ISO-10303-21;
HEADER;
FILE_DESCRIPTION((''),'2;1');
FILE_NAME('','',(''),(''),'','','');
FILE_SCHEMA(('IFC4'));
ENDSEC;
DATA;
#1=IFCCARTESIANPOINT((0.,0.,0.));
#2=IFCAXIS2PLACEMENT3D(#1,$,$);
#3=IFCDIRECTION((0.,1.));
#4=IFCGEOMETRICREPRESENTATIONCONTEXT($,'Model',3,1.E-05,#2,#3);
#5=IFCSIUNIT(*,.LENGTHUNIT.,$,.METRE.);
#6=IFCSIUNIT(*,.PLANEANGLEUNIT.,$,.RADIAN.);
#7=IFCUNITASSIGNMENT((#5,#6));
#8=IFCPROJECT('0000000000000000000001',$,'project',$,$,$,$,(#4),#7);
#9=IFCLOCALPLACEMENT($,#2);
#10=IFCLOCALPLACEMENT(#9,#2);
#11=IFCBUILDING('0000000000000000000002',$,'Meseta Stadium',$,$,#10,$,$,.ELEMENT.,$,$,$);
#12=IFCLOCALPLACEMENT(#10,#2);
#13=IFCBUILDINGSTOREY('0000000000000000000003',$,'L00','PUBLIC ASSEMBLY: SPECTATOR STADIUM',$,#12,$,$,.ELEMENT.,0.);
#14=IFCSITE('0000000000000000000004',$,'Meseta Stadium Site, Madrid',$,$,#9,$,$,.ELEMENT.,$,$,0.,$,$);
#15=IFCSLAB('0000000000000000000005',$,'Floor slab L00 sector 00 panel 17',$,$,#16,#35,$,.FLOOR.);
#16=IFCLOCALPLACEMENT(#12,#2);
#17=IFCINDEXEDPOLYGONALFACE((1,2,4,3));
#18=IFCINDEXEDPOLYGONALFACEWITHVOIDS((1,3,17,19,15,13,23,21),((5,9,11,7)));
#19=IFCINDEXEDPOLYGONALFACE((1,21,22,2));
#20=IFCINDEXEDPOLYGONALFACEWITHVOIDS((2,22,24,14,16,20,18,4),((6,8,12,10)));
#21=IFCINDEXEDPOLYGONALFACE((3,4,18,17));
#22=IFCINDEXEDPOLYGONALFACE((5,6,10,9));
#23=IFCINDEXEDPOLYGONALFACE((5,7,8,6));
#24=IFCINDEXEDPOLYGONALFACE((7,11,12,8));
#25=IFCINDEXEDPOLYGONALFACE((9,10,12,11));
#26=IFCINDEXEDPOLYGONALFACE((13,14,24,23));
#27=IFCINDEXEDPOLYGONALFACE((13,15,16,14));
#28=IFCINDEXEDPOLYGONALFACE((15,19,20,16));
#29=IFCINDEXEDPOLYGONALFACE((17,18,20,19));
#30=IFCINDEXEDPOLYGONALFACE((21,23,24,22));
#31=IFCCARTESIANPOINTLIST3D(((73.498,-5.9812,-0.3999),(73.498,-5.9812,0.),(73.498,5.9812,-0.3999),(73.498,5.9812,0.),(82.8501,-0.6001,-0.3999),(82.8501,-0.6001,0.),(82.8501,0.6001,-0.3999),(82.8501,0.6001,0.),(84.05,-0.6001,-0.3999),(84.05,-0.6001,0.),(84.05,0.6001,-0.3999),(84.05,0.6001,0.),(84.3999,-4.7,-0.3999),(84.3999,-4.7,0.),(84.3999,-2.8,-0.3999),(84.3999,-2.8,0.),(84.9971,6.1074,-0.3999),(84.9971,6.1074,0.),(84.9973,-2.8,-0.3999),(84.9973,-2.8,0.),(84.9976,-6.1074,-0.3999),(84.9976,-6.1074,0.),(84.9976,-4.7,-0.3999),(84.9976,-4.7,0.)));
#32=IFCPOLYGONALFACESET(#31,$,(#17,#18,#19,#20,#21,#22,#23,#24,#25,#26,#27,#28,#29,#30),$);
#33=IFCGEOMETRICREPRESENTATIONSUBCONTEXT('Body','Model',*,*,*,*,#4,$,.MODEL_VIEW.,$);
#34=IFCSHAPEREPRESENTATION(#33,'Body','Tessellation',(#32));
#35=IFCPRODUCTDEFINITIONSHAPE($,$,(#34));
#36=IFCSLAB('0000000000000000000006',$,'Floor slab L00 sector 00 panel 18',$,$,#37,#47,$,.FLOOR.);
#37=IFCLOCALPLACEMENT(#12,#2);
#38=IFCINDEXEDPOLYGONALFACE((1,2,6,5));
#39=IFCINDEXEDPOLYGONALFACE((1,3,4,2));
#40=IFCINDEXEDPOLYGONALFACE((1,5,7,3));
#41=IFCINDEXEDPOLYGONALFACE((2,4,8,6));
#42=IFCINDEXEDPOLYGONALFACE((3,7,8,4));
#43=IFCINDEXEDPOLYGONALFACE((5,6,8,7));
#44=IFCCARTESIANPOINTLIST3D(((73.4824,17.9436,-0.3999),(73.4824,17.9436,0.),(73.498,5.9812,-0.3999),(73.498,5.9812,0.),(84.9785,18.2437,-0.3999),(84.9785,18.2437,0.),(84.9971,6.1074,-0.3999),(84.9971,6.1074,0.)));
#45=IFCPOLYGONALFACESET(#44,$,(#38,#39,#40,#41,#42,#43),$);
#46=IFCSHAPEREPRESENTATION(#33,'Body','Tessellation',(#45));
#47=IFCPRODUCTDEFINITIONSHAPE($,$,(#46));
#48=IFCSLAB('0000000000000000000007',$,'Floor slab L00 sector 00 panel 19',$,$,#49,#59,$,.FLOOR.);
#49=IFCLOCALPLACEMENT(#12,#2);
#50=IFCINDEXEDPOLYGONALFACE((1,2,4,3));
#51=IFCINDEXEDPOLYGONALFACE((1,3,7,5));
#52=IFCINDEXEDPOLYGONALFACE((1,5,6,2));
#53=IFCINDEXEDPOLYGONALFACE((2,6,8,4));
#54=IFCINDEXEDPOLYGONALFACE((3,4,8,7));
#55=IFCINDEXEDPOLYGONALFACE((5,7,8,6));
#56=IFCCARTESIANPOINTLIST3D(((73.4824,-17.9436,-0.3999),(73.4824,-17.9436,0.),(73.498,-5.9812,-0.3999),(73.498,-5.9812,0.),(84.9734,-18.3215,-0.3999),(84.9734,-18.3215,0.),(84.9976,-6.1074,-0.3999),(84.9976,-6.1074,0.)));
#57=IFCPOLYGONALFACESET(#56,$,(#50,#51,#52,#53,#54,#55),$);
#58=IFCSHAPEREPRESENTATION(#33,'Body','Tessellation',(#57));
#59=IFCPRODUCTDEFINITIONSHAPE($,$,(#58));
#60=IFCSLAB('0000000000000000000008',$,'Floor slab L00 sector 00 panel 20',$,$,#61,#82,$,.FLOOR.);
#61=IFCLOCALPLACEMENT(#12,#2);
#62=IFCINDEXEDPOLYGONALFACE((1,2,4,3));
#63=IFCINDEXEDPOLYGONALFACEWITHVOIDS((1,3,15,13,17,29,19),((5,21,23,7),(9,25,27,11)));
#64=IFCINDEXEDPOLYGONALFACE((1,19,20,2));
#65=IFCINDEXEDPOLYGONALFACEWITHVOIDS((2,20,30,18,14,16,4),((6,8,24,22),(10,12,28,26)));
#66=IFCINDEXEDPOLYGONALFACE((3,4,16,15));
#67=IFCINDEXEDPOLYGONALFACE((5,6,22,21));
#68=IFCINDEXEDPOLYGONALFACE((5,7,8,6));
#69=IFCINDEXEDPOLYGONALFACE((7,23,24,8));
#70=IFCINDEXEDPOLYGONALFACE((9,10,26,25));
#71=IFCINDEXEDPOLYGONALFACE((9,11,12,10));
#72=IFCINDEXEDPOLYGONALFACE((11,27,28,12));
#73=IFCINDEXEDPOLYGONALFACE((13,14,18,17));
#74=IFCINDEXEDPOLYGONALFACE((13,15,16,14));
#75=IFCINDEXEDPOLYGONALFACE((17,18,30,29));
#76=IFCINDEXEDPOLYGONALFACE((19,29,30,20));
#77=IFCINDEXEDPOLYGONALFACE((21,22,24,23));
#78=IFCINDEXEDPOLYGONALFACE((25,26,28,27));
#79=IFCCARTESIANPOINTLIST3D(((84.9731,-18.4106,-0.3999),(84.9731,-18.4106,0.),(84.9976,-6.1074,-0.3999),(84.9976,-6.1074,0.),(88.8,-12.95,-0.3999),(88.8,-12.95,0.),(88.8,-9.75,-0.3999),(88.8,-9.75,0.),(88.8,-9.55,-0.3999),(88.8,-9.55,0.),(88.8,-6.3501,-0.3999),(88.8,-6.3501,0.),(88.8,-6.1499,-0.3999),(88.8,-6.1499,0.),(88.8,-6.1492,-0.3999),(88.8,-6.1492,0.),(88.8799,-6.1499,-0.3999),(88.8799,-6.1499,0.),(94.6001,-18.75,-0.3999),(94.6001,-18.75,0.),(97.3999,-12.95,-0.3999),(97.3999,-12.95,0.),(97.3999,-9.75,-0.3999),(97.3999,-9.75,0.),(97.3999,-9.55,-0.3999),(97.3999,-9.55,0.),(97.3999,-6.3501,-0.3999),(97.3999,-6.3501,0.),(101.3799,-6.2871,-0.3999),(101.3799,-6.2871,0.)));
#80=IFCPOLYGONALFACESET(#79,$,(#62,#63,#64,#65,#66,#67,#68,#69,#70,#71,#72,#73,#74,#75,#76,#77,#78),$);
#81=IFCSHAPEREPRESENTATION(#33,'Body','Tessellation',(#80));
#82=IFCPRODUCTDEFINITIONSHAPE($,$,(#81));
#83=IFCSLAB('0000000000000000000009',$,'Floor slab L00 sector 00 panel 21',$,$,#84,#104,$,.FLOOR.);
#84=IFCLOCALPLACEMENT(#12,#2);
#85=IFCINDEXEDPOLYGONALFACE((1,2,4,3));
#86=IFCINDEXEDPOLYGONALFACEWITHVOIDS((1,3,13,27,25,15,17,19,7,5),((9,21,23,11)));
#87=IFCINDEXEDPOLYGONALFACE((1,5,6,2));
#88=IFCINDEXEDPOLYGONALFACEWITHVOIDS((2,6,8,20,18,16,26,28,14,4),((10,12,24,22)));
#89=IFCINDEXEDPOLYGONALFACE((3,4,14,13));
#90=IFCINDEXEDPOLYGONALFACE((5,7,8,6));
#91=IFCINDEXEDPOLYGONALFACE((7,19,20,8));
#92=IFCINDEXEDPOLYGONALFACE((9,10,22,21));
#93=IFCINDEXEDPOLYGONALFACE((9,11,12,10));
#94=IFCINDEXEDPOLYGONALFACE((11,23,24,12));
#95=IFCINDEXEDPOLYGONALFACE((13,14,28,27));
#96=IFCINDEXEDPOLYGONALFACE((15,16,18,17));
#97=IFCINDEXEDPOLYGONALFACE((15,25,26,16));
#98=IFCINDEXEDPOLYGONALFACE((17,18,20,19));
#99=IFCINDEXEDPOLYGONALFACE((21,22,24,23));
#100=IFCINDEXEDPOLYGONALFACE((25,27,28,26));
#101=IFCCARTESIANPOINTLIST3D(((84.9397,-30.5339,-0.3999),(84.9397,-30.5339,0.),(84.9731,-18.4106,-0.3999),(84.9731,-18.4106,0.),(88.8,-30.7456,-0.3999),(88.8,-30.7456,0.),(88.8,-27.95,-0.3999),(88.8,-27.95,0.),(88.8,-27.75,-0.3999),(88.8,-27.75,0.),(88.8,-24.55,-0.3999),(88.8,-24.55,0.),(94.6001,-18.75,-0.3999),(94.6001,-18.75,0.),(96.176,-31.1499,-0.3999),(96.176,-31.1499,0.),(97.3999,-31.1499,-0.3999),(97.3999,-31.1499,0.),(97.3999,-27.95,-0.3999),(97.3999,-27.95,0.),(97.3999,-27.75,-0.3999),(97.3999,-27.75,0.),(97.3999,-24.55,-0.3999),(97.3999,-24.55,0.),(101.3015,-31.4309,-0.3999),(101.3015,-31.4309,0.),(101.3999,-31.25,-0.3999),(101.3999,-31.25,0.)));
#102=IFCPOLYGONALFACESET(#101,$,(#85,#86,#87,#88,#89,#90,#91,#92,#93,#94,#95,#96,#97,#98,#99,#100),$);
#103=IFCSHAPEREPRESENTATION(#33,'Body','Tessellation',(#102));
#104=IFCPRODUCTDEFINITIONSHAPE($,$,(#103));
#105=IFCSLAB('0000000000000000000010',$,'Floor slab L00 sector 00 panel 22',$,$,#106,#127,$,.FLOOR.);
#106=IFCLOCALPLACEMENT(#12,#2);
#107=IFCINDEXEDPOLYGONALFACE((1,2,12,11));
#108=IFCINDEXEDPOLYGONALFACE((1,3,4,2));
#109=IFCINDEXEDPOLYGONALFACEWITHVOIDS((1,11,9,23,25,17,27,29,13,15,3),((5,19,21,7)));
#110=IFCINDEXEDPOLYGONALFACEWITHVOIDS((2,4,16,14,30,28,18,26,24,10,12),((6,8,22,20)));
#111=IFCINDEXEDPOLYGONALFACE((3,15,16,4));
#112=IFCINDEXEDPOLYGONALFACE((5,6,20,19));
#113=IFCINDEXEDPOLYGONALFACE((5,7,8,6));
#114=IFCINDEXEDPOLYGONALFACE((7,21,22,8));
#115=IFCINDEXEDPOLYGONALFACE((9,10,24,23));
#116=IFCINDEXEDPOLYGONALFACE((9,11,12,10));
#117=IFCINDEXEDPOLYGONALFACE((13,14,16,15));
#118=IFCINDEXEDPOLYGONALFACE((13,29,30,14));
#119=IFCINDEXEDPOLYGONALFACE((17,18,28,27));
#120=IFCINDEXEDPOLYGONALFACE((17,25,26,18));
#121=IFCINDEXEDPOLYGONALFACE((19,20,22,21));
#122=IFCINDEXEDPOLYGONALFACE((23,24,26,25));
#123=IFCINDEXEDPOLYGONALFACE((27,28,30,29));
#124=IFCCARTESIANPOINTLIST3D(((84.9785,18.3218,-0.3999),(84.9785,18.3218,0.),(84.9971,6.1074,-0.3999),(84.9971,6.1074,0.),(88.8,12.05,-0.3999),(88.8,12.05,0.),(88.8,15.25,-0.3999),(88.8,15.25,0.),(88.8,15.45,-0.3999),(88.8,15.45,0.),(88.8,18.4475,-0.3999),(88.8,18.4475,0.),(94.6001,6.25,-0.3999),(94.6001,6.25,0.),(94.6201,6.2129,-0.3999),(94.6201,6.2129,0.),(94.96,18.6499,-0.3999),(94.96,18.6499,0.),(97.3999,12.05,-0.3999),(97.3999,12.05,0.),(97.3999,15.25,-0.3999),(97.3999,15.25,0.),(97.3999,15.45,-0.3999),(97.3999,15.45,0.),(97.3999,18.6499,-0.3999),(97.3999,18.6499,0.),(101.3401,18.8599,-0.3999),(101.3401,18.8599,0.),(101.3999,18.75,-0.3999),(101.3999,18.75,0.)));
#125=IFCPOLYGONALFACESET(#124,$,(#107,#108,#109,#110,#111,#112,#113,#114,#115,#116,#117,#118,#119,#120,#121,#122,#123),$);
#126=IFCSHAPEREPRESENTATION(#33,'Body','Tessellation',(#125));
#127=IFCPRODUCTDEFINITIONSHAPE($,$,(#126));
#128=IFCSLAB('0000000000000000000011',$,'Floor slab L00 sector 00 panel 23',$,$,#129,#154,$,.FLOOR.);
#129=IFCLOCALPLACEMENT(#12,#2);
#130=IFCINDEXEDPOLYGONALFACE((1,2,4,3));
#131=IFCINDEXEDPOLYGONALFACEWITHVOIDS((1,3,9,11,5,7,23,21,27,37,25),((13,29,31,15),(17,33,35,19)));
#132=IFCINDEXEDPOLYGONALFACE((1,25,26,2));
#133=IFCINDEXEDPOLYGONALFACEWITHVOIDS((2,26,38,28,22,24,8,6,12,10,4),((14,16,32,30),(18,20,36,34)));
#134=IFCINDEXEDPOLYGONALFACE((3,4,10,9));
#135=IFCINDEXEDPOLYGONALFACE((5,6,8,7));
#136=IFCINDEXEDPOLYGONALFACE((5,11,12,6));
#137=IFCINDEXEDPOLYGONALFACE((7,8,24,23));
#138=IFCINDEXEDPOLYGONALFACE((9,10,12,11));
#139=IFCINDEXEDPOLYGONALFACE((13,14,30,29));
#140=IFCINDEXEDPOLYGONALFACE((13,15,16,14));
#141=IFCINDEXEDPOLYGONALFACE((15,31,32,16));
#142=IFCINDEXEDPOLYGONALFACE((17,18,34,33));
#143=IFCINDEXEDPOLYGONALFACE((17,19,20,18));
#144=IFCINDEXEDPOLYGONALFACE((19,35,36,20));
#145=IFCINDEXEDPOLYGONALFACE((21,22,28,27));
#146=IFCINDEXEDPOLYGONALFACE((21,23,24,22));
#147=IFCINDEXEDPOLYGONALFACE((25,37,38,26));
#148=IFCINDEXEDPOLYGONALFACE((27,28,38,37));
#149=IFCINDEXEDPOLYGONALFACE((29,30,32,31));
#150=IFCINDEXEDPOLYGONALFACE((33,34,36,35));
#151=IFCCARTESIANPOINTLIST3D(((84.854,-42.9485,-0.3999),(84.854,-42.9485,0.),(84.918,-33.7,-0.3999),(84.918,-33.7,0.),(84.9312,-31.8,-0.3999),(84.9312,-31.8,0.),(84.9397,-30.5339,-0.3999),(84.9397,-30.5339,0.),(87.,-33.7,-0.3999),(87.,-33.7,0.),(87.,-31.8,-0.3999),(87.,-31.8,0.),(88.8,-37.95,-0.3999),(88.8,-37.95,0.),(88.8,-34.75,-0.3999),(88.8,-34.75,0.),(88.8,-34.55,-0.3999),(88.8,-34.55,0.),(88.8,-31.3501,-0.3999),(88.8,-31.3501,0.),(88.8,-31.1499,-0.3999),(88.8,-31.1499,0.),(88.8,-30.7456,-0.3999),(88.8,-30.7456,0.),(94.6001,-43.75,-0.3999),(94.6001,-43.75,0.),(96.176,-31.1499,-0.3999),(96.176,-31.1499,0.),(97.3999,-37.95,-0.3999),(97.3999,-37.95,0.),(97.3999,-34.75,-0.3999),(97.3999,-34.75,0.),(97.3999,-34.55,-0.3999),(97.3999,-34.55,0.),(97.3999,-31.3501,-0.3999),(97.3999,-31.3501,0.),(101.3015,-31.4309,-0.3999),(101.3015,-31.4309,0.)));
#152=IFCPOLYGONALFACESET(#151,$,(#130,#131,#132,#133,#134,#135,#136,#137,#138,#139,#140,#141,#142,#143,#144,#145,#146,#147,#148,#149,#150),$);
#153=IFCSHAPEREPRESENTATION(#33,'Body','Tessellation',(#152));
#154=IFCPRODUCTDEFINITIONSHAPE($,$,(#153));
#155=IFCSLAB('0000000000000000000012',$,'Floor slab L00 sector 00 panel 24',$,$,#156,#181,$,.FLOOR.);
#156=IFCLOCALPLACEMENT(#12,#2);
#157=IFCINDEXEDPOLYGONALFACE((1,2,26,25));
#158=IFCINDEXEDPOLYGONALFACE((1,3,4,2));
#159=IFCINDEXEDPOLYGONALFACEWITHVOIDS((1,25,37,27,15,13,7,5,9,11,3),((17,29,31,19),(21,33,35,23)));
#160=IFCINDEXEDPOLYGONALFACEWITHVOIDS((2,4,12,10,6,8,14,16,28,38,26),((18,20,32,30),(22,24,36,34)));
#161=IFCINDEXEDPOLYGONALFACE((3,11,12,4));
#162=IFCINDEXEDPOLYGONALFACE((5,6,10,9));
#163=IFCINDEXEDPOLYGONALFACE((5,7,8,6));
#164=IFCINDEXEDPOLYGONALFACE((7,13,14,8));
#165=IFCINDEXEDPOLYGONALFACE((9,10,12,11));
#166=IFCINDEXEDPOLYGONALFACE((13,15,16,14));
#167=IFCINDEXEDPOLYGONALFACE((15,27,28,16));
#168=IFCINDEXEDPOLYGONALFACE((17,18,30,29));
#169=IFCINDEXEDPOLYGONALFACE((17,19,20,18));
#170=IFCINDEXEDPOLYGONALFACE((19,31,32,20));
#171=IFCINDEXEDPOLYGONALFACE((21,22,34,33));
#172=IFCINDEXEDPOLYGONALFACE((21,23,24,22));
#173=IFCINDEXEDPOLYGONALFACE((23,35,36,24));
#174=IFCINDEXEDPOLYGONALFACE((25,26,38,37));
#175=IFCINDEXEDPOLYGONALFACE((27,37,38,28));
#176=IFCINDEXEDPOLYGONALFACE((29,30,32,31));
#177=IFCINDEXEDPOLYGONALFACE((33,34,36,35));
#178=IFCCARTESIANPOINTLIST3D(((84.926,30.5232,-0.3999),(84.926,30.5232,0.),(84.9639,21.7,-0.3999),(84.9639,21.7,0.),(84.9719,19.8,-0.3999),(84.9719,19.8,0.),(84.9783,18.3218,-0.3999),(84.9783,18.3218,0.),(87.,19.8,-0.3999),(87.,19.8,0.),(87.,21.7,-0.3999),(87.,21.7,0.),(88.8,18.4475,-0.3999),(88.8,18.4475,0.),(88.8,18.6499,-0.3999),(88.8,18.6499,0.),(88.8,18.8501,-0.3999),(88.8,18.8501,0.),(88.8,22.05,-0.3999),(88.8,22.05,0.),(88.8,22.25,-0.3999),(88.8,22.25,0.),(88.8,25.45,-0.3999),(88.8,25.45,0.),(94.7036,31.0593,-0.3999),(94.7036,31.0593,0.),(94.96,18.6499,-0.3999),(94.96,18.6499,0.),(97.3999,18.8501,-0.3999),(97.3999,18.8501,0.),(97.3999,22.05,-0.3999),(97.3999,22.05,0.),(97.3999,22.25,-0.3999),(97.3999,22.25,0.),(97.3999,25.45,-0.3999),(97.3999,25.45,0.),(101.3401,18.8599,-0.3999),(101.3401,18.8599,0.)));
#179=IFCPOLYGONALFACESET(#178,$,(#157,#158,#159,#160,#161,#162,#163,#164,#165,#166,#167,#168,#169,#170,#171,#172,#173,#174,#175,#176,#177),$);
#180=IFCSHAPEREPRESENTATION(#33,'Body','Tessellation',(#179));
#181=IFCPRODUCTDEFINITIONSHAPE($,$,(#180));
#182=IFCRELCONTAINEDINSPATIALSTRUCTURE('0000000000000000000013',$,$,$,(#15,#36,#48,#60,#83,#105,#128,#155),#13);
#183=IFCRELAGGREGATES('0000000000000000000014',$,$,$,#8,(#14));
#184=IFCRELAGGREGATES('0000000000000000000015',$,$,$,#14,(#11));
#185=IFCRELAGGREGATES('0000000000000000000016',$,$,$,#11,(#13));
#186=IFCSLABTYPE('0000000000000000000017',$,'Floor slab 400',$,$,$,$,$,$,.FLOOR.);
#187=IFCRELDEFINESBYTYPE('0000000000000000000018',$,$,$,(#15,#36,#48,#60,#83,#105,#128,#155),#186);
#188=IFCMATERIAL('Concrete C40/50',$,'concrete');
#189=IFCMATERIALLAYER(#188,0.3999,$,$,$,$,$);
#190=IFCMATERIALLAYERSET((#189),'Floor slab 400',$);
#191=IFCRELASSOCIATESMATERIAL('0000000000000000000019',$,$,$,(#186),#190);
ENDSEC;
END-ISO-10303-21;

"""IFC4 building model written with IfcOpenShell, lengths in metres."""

from ifc_helpers import new_model, si_unit, direction, frame, origin, place, context, subcontext, project, spatial, polyline, outline, extrude, material, layer, layer_set, type_object, element, save


model = new_model("IFC4")

# Units and contexts
model_context = context("Model", 3, precision=1e-05, world=origin(), true_north=direction((0.0, 1.0)))
body_context = subcontext(model_context, "Body", "Model", "MODEL_VIEW")
ifc_project = project(units=[si_unit("LENGTHUNIT", "METRE"), si_unit("PLANEANGLEUNIT", "RADIAN")], contexts=[model_context])

# Site, building, storey
site_placement = place(None, origin())
site = spatial("IfcSite", under=ifc_project, at=site_placement, Name="Meseta Stadium Site, Madrid", CompositionType="ELEMENT", RefElevation=0.0)
building_placement = place(site_placement, origin())
building = spatial("IfcBuilding", under=site, at=building_placement, Name="Meseta Stadium", CompositionType="ELEMENT")
storey_placement = place(building_placement, origin())
storey = spatial("IfcBuildingStorey", under=building, at=storey_placement, Name="L00", Description="PUBLIC ASSEMBLY: SPECTATOR STADIUM", CompositionType="ELEMENT", Elevation=0.0)

# Slabs
ifc_material = material(Name="Concrete C40/50", Category="concrete")
ifc_layer = layer(ifc_material, 0.3999)
ifc_layer_set = layer_set([ifc_layer], Name="Floor slab 400")
slab_type = type_object("IfcSlabType", Name="Floor slab 400", PredefinedType="FLOOR", material=ifc_layer_set)
slab_1_placement = place(storey_placement, frame((0.0, 0.0, -0.3999)))
element("IfcSlab", 1, at=slab_1_placement, inside=storey, type_object=slab_type, Name="Floor slab L00 sector 00 panel 17", PredefinedType="FLOOR", context=body_context, shape_type="SweptSolid", body=[
    extrude(outline(polyline([(84.9976, -6.1074), (84.9976, -4.7), (84.3999, -4.7), (84.3999, -2.8), (84.9973, -2.8), (84.9971, 6.1074), (73.498, 5.9812), (73.498, -5.9812), (84.9976, -6.1074)]), holes=[polyline([(82.8501, 0.6001), (84.05, 0.6001), (84.05, -0.6001), (82.8501, -0.6001), (82.8501, 0.6001)])]), origin(), (0.0, 0.0, 1.0), 0.3999),
])
slab_2_placement = place(storey_placement, frame((0.0, 0.0, -0.3999)))
element("IfcSlab", 2, at=slab_2_placement, inside=storey, type_object=slab_type, Name="Floor slab L00 sector 00 panel 18", PredefinedType="FLOOR", context=body_context, shape_type="SweptSolid", body=[
    extrude(outline(polyline([(84.9971, 6.1074), (84.9785, 18.2437), (73.4824, 17.9436), (73.498, 5.9812), (84.9971, 6.1074)])), origin(), (0.0, 0.0, 1.0), 0.3999),
])
slab_3_placement = place(storey_placement, frame((0.0, 0.0, -0.3999)))
element("IfcSlab", 3, at=slab_3_placement, inside=storey, type_object=slab_type, Name="Floor slab L00 sector 00 panel 19", PredefinedType="FLOOR", context=body_context, shape_type="SweptSolid", body=[
    extrude(outline(polyline([(84.9976, -6.1074), (73.498, -5.9812), (73.4824, -17.9436), (84.9734, -18.3215), (84.9976, -6.1074)])), origin(), (0.0, 0.0, 1.0), 0.3999),
])
slab_4_placement = place(storey_placement, frame((0.0, 0.0, -0.3999)))
element("IfcSlab", 4, at=slab_4_placement, inside=storey, type_object=slab_type, Name="Floor slab L00 sector 00 panel 20", PredefinedType="FLOOR", context=body_context, shape_type="SweptSolid", body=[
    extrude(outline(polyline([(84.9731, -18.4106), (94.6001, -18.75), (101.3799, -6.2871), (88.8799, -6.1499), (88.8, -6.1499), (88.8, -6.1492), (84.9976, -6.1074), (84.9731, -18.4106)]), holes=[polyline([(88.8, -9.75), (97.3999, -9.75), (97.3999, -12.95), (88.8, -12.95), (88.8, -9.75)]), polyline([(97.3999, -6.3501), (97.3999, -9.55), (88.8, -9.55), (88.8, -6.3501), (97.3999, -6.3501)])]), origin(), (0.0, 0.0, 1.0), 0.3999),
])
slab_5_placement = place(storey_placement, frame((0.0, 0.0, -0.3999)))
element("IfcSlab", 5, at=slab_5_placement, inside=storey, type_object=slab_type, Name="Floor slab L00 sector 00 panel 21", PredefinedType="FLOOR", context=body_context, shape_type="SweptSolid", body=[
    extrude(outline(polyline([(96.176, -31.1499), (101.3015, -31.4309), (101.3999, -31.25), (94.6001, -18.75), (84.9731, -18.4106), (84.9397, -30.5339), (88.8, -30.7456), (88.8, -27.95), (97.3999, -27.95), (97.3999, -31.1499), (96.176, -31.1499)]), holes=[polyline([(97.3999, -27.75), (88.8, -27.75), (88.8, -24.55), (97.3999, -24.55), (97.3999, -27.75)])]), origin(), (0.0, 0.0, 1.0), 0.3999),
])
slab_6_placement = place(storey_placement, frame((0.0, 0.0, -0.3999)))
element("IfcSlab", 6, at=slab_6_placement, inside=storey, type_object=slab_type, Name="Floor slab L00 sector 00 panel 22", PredefinedType="FLOOR", context=body_context, shape_type="SweptSolid", body=[
    extrude(outline(polyline([(84.9971, 6.1074), (94.6201, 6.2129), (94.6001, 6.25), (101.3999, 18.75), (101.3401, 18.8599), (94.96, 18.6499), (97.3999, 18.6499), (97.3999, 15.45), (88.8, 15.45), (88.8, 18.4475), (84.9785, 18.3218), (84.9971, 6.1074)]), holes=[polyline([(97.3999, 12.05), (88.8, 12.05), (88.8, 15.25), (97.3999, 15.25), (97.3999, 12.05)])]), origin(), (0.0, 0.0, 1.0), 0.3999),
])
slab_7_placement = place(storey_placement, frame((0.0, 0.0, -0.3999)))
element("IfcSlab", 7, at=slab_7_placement, inside=storey, type_object=slab_type, Name="Floor slab L00 sector 00 panel 23", PredefinedType="FLOOR", context=body_context, shape_type="SweptSolid", body=[
    extrude(outline(polyline([(84.918, -33.7), (84.854, -42.9485), (94.6001, -43.75), (101.3015, -31.4309), (96.176, -31.1499), (88.8, -31.1499), (88.8, -30.7456), (84.9397, -30.5339), (84.9312, -31.8), (87.0, -31.8), (87.0, -33.7), (84.918, -33.7)]), holes=[polyline([(88.8, -34.75), (97.3999, -34.75), (97.3999, -37.95), (88.8, -37.95), (88.8, -34.75)]), polyline([(88.8, -31.3501), (97.3999, -31.3501), (97.3999, -34.55), (88.8, -34.55), (88.8, -31.3501)])]), origin(), (0.0, 0.0, 1.0), 0.3999),
])
slab_8_placement = place(storey_placement, frame((0.0, 0.0, -0.3999)))
element("IfcSlab", 8, at=slab_8_placement, inside=storey, type_object=slab_type, Name="Floor slab L00 sector 00 panel 24", PredefinedType="FLOOR", context=body_context, shape_type="SweptSolid", body=[
    extrude(outline(polyline([(94.7036, 31.0593), (84.926, 30.5232), (84.9639, 21.7), (87.0, 21.7), (87.0, 19.8), (84.9719, 19.8), (84.9783, 18.3218), (88.8, 18.4475), (88.8, 18.6499), (94.96, 18.6499), (101.3401, 18.8599), (94.7036, 31.0593)]), holes=[polyline([(97.3999, 18.8501), (88.8, 18.8501), (88.8, 22.05), (97.3999, 22.05), (97.3999, 18.8501)]), polyline([(97.3999, 22.25), (88.8, 22.25), (88.8, 25.45), (97.3999, 25.45), (97.3999, 22.25)])]), origin(), (0.0, 0.0, 1.0), 0.3999),
])

save(model, "model.ifc")
